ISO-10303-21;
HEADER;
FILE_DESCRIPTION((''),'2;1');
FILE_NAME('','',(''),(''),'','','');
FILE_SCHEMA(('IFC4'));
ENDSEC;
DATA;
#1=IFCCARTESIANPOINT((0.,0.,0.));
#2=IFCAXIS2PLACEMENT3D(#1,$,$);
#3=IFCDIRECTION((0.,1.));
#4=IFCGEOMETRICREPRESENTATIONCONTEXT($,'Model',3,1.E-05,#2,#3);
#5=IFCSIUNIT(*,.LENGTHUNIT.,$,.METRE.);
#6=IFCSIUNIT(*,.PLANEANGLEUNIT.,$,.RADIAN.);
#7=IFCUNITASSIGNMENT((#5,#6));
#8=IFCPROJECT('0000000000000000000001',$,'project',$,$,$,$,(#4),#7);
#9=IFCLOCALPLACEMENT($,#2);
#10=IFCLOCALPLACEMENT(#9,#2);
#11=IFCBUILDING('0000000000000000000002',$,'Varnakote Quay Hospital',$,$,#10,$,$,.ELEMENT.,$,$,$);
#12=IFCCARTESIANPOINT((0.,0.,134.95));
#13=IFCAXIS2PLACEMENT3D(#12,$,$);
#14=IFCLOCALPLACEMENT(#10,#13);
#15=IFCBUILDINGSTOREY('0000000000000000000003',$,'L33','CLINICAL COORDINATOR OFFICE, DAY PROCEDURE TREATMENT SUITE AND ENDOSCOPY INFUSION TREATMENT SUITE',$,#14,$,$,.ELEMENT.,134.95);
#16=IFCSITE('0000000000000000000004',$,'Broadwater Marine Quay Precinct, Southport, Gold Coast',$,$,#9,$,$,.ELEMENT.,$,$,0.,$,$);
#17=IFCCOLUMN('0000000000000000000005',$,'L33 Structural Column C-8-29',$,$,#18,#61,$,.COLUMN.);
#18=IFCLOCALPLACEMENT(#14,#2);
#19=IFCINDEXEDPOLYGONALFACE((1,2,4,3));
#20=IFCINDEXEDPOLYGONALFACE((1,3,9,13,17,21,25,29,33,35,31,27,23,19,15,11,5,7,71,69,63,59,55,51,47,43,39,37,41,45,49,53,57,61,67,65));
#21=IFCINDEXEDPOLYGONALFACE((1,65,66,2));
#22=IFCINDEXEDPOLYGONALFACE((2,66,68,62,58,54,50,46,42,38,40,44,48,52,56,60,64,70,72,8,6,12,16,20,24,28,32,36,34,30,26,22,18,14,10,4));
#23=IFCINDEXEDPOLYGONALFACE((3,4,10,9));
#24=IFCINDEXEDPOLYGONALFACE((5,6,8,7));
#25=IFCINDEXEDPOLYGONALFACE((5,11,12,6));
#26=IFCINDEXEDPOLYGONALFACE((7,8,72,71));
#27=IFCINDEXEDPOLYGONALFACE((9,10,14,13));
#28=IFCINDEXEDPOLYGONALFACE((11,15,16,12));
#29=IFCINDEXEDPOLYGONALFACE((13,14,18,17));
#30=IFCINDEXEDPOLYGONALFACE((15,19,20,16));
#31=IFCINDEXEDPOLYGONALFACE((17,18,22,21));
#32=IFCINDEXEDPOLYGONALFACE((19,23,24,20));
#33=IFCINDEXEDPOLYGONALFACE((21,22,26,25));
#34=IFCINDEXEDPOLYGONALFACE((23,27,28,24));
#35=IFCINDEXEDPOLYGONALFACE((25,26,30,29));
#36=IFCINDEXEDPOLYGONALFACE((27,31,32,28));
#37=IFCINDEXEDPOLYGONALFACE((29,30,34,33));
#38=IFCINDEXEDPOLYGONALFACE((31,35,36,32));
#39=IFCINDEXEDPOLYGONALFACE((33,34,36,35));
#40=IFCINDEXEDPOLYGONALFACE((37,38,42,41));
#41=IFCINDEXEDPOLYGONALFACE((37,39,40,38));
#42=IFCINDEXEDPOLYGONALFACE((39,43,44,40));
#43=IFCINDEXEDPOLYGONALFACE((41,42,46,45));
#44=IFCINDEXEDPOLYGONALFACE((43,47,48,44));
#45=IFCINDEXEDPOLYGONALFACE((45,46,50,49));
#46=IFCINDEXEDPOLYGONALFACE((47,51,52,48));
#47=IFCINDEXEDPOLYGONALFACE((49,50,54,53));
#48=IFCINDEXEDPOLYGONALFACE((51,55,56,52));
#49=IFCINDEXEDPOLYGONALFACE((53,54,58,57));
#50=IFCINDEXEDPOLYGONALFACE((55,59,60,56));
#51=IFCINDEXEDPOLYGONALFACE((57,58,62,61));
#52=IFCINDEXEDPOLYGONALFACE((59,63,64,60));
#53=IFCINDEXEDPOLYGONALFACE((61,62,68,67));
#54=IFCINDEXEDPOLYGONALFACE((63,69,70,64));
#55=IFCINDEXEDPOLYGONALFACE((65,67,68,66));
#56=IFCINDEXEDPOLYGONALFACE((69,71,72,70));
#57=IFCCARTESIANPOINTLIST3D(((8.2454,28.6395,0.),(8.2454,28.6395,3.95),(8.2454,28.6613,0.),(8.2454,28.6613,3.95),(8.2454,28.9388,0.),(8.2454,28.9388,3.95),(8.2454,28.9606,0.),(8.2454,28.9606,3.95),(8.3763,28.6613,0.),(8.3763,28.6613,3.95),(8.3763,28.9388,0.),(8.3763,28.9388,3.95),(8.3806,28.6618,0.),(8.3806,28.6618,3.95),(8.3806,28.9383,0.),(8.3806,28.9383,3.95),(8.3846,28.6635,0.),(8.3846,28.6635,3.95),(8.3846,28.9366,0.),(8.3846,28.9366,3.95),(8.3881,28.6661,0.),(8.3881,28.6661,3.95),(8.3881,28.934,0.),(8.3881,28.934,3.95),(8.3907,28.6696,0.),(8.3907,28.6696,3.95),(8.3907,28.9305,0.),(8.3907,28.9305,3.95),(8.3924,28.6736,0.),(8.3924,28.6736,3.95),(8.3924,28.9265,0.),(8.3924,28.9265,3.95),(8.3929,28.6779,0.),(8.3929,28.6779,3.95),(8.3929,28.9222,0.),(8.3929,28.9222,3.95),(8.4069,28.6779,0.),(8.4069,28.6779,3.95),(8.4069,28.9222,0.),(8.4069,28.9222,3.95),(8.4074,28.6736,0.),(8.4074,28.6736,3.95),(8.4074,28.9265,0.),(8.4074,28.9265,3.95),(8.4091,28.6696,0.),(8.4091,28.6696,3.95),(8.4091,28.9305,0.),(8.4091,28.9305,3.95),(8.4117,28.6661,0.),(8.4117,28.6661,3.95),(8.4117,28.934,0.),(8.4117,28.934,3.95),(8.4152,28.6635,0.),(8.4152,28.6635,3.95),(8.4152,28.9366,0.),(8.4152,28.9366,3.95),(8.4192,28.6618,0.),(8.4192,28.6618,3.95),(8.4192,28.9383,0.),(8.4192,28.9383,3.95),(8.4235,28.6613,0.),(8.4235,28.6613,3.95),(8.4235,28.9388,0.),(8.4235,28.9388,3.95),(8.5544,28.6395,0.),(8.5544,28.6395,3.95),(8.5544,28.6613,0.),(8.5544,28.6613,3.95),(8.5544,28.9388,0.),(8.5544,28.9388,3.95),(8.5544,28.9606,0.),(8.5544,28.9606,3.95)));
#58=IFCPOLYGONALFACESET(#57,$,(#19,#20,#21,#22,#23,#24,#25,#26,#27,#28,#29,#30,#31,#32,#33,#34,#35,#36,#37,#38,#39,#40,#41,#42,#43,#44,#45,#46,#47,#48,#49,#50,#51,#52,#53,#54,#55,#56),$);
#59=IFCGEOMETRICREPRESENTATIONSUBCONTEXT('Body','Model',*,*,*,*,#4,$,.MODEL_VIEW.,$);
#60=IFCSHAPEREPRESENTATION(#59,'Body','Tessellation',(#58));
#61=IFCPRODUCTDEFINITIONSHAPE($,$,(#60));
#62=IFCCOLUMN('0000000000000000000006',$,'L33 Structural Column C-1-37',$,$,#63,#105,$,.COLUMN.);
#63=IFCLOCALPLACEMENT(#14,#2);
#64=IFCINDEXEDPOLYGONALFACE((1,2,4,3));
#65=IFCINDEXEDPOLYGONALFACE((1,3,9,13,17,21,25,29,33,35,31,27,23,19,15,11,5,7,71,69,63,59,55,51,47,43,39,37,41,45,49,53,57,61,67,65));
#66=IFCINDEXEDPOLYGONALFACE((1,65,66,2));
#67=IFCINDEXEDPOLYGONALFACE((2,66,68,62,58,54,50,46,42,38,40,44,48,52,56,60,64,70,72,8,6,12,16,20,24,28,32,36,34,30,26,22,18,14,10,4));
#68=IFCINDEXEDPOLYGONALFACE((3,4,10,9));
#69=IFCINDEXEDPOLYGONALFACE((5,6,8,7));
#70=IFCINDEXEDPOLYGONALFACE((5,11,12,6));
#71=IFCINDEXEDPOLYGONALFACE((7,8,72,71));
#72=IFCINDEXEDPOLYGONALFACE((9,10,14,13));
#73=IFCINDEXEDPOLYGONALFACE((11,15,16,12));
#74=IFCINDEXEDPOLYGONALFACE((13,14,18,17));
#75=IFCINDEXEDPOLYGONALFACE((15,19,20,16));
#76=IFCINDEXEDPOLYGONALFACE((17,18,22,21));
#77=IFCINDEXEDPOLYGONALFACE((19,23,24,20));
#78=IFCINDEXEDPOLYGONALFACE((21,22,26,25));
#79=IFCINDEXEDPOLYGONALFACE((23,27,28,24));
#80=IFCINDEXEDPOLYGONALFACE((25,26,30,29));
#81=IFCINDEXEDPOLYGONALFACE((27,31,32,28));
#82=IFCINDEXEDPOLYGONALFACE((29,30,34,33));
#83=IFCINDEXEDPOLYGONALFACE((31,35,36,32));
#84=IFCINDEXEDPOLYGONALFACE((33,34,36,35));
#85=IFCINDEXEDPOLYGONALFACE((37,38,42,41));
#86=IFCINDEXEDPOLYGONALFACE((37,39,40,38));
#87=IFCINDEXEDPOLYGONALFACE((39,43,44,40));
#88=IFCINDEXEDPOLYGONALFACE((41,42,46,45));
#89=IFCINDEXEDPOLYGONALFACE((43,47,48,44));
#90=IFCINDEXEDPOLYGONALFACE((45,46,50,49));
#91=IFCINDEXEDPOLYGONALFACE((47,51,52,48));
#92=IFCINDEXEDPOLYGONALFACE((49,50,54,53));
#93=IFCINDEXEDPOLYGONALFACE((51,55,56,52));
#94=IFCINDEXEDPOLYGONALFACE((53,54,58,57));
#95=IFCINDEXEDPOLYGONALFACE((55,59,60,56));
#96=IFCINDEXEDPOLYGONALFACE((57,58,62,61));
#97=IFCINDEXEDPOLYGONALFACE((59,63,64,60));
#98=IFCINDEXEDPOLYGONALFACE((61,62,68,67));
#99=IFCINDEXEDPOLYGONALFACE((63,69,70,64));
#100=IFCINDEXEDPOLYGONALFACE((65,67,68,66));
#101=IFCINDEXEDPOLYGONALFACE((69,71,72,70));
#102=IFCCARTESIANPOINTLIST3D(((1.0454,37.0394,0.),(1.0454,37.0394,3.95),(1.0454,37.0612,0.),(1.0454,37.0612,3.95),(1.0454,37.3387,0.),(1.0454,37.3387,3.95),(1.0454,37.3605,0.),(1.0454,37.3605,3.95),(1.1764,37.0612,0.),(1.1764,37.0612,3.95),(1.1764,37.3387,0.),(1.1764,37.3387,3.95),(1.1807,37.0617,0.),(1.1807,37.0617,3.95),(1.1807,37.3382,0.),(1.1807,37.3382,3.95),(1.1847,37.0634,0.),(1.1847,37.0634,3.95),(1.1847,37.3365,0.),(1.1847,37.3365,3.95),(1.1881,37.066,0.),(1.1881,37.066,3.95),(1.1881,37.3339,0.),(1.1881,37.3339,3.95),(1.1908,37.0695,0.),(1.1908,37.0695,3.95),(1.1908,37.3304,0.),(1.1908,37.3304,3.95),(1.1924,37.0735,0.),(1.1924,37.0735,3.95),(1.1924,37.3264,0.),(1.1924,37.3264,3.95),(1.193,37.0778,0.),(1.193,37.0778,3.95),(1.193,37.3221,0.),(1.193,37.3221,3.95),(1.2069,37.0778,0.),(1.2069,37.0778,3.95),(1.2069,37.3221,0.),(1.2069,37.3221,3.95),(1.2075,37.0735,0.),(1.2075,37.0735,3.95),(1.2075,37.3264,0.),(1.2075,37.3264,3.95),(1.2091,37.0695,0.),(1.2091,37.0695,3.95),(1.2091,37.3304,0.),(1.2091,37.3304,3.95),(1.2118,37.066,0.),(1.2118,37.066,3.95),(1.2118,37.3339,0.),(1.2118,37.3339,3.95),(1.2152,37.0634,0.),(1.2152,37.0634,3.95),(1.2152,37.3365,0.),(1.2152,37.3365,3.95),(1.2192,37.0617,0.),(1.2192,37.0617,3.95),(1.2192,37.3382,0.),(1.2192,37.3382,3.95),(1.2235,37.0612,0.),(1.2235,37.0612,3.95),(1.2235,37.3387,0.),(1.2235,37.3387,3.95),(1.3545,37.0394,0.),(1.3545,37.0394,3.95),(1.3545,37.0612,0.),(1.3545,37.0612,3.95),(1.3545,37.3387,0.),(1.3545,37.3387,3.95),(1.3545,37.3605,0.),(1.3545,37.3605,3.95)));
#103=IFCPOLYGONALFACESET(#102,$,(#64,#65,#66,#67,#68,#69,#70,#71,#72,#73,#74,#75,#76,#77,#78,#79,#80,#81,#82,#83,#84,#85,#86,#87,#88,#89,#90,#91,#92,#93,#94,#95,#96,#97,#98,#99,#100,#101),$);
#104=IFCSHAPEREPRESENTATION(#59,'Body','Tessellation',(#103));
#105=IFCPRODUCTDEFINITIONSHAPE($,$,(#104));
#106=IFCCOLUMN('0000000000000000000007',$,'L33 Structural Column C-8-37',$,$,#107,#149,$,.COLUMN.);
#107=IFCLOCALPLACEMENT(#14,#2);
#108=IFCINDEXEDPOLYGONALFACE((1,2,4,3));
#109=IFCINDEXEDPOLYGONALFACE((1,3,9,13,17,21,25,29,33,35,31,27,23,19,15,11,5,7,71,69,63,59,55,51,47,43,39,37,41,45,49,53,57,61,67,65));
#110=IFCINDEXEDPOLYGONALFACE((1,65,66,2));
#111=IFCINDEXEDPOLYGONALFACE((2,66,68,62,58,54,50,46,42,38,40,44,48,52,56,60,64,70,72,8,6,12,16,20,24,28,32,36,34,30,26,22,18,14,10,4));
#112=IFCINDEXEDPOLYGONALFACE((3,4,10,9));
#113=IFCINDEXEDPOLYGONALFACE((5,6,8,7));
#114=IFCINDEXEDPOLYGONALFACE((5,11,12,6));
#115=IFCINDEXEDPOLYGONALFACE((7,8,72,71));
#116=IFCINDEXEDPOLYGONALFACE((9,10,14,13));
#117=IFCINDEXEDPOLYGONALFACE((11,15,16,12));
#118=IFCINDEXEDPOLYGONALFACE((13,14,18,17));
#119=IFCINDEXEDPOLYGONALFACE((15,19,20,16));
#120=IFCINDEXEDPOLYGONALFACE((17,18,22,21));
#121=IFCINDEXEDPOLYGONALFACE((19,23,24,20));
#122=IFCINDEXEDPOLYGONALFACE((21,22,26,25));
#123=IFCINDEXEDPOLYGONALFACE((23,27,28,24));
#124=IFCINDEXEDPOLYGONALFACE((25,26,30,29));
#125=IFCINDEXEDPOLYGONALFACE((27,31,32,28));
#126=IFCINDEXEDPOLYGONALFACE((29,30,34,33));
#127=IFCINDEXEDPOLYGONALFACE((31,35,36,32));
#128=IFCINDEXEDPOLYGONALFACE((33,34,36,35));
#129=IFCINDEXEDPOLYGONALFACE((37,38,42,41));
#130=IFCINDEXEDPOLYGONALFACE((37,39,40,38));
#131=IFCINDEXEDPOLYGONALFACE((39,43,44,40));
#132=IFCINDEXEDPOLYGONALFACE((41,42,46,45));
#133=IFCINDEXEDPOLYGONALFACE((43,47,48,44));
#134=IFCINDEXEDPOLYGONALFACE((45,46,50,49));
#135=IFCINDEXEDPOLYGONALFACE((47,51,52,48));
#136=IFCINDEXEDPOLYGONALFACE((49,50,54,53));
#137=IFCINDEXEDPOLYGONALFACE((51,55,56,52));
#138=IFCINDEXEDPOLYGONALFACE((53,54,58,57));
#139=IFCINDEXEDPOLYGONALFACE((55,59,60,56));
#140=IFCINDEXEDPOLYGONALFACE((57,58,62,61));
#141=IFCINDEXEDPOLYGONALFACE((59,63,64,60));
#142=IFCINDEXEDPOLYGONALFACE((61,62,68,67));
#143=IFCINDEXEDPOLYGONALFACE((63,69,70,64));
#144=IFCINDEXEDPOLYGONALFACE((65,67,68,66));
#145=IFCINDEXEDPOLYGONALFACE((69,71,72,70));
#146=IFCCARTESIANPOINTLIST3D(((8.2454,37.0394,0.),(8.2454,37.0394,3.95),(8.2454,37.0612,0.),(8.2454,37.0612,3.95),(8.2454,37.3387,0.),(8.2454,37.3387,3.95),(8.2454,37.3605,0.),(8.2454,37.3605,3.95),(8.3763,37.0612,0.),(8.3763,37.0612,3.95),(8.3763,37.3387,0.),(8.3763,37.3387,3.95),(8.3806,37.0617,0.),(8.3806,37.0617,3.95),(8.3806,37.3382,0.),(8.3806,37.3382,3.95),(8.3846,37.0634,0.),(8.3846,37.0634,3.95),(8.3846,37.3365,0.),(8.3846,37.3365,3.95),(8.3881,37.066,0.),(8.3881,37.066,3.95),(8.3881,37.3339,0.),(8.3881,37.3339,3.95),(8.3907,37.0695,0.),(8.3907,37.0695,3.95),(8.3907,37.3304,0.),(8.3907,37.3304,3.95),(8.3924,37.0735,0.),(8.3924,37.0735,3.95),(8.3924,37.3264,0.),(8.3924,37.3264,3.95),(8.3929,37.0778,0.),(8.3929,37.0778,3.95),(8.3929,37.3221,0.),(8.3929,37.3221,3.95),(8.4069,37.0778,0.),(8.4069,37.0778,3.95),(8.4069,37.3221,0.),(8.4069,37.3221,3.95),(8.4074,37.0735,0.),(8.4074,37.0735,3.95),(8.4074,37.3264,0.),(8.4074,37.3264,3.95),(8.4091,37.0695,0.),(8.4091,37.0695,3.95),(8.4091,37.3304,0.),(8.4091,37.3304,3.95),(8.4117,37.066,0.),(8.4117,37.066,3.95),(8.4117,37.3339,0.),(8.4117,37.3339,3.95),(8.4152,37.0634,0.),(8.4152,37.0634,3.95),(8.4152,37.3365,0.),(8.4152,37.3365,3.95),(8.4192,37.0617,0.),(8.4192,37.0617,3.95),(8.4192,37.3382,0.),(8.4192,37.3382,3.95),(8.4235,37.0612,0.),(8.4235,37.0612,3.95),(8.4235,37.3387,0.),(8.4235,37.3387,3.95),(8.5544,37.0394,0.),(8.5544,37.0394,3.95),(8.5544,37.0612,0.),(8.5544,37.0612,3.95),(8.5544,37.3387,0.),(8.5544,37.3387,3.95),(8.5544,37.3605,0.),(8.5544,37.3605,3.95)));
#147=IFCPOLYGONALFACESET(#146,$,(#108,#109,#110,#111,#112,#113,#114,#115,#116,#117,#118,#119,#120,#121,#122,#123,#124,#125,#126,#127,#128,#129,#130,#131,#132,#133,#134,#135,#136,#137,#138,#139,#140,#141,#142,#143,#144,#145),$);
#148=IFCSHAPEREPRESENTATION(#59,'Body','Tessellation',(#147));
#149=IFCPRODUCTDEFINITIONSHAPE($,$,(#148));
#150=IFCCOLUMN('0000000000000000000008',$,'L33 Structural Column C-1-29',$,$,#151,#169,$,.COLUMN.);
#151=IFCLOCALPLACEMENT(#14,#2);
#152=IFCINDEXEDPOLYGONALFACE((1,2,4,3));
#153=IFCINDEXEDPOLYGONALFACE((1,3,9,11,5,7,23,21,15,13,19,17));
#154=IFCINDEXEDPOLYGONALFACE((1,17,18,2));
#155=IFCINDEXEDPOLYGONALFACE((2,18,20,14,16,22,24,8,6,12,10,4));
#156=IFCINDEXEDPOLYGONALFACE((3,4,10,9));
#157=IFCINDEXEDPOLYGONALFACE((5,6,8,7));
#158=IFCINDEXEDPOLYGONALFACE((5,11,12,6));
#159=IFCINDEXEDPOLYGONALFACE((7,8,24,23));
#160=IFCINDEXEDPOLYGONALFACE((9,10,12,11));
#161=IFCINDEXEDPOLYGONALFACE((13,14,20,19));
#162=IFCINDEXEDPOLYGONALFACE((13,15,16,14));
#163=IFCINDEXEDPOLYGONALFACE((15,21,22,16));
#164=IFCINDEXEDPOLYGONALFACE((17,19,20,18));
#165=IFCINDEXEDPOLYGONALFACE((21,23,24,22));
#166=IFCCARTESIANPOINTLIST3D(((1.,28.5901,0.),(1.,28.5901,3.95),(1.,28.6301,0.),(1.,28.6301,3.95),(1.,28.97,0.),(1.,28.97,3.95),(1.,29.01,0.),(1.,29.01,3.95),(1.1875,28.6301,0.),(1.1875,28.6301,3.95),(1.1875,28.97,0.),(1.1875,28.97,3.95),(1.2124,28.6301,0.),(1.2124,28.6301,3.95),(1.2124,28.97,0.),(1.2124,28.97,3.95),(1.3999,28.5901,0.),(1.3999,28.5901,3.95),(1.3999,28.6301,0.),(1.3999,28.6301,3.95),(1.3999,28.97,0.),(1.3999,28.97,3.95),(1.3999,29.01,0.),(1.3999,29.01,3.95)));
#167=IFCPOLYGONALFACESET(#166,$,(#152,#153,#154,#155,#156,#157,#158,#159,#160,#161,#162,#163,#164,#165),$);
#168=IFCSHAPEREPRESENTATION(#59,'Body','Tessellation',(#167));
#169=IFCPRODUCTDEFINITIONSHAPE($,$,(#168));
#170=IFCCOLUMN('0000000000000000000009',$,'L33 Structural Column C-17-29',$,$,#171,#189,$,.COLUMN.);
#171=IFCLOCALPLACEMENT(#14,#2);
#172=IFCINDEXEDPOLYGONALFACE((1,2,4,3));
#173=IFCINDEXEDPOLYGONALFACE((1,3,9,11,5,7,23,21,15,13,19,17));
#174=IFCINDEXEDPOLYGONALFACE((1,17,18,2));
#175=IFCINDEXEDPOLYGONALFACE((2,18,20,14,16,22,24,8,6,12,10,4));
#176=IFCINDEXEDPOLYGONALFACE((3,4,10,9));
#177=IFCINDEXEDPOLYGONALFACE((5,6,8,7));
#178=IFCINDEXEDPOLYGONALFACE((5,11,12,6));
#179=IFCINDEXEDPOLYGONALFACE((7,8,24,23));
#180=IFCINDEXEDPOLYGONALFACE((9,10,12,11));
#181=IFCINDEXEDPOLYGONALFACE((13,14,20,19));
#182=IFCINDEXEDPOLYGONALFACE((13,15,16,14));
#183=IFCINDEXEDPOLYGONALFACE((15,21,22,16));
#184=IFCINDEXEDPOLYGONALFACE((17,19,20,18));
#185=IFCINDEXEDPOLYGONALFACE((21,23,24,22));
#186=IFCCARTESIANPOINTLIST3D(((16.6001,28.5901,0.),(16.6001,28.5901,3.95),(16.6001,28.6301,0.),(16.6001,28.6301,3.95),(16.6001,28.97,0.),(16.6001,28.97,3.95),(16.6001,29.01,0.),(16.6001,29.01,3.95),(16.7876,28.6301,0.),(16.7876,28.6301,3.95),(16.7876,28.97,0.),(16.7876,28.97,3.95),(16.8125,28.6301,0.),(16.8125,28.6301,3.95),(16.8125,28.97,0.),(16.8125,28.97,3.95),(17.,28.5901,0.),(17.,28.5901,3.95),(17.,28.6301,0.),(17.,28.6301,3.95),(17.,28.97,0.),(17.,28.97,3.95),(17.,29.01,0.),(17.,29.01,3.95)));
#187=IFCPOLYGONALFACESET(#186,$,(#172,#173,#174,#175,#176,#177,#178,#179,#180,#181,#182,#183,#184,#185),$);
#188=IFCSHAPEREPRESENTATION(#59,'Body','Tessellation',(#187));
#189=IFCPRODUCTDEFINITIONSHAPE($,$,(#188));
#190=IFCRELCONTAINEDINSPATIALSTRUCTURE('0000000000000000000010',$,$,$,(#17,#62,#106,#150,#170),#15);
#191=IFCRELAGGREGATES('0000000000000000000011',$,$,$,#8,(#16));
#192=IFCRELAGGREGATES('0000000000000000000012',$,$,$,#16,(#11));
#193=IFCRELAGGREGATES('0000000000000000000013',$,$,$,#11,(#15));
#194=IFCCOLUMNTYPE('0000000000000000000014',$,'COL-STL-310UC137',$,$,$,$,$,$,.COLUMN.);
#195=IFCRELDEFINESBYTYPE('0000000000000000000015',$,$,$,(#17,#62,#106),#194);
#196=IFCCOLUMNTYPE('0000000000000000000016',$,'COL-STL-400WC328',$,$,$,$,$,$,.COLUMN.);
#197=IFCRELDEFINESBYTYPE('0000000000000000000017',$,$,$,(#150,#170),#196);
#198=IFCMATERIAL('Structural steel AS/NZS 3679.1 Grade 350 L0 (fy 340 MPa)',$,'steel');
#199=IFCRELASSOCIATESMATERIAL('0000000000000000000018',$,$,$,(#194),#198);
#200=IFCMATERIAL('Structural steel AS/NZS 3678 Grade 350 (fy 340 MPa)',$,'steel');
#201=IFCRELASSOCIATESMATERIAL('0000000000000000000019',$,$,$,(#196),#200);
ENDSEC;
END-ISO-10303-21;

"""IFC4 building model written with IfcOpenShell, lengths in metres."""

from ifc_helpers import new_model, si_unit, direction, frame, origin, origin_2d, place, context, subcontext, project, spatial, i_section, extrude, material, material_profile, profile_set, type_object, element, save


model = new_model("IFC4")

# Units and contexts
model_context = context("Model", 3, precision=1e-05, world=origin(), true_north=direction((0.0, 1.0)))
body_context = subcontext(model_context, "Body", "Model", "MODEL_VIEW")
ifc_project = project(units=[si_unit("LENGTHUNIT", "METRE"), si_unit("PLANEANGLEUNIT", "RADIAN")], contexts=[model_context])

# Site, building, storey
site_placement = place(None, origin())
site = spatial("IfcSite", under=ifc_project, at=site_placement, Name="Broadwater Marine Quay Precinct, Southport, Gold Coast", CompositionType="ELEMENT", RefElevation=0.0)
building_placement = place(site_placement, origin())
building = spatial("IfcBuilding", under=site, at=building_placement, Name="Varnakote Quay Hospital", CompositionType="ELEMENT")
storey_placement = place(building_placement, frame((0.0, 0.0, 134.95)))
storey = spatial("IfcBuildingStorey", under=building, at=storey_placement, Name="L33", Description="CLINICAL COORDINATOR OFFICE, DAY PROCEDURE TREATMENT SUITE AND ENDOSCOPY INFUSION TREATMENT SUITE", CompositionType="ELEMENT", Elevation=134.95)

# Columns
ifc_material_1 = material(Name="Structural steel AS/NZS 3679.1 Grade 350 L0 (fy 340 MPa)", Category="steel")
ifc_material_profile_1 = material_profile(ifc_material_1, i_section(OverallWidth=0.3091, OverallDepth=0.321, WebThickness=0.0139, FlangeThickness=0.0217, FilletRadius=0.0166, at=origin_2d()), Name="310UC137")
ifc_profile_set_1 = profile_set([ifc_material_profile_1], Name="Structural steel AS/NZS 3679.1 Grade 350 L0 (fy 340 MPa)")
column_type_1 = type_object("IfcColumnType", Name="COL-STL-310UC137", PredefinedType="COLUMN", material=ifc_profile_set_1)
for number, where, z_axis, x_axis, name in (
    (1, (8.3999, 28.8, 0.0), (0.0, 0.0, 1.0), (1.0, 0.0, 0.0), "L33 Structural Column C-8-29"),
    (2, (1.2, 37.2, 0.0), (0.0, 0.0, 1.0), (1.0, 0.0, 0.0), "L33 Structural Column C-1-37"),
    (3, (8.3999, 37.2, 0.0), (0.0, 0.0, 1.0), (1.0, 0.0, 0.0), "L33 Structural Column C-8-37"),
):
    element("IfcColumn", number, at=place(storey_placement, frame(where, z_axis=z_axis, x_axis=x_axis)), inside=storey, type_object=column_type_1, Name=name, PredefinedType="COLUMN", context=body_context, shape_type="SweptSolid", body=[
        extrude(i_section(OverallWidth=0.3091, OverallDepth=0.321, WebThickness=0.0139, FlangeThickness=0.0217, FilletRadius=0.0166, at=origin_2d()), origin(), (0.0, 0.0, 1.0), 3.95),
    ])
ifc_material_2 = material(Name="Structural steel AS/NZS 3678 Grade 350 (fy 340 MPa)", Category="steel")
ifc_material_profile_2 = material_profile(ifc_material_2, i_section(OverallWidth=0.3999, OverallDepth=0.4199, WebThickness=0.0249, FlangeThickness=0.04, at=origin_2d()), Name="400WC328")
ifc_profile_set_2 = profile_set([ifc_material_profile_2], Name="Structural steel AS/NZS 3678 Grade 350 (fy 340 MPa)")
column_type_2 = type_object("IfcColumnType", Name="COL-STL-400WC328", PredefinedType="COLUMN", material=ifc_profile_set_2)
for number, where, z_axis, x_axis, name in (
    (4, (1.2, 28.8, 0.0), (0.0, 0.0, 1.0), (1.0, 0.0, 0.0), "L33 Structural Column C-1-29"),
    (5, (16.8, 28.8, 0.0), (0.0, 0.0, 1.0), (1.0, 0.0, 0.0), "L33 Structural Column C-17-29"),
):
    element("IfcColumn", number, at=place(storey_placement, frame(where, z_axis=z_axis, x_axis=x_axis)), inside=storey, type_object=column_type_2, Name=name, PredefinedType="COLUMN", context=body_context, shape_type="SweptSolid", body=[
        extrude(i_section(OverallWidth=0.3999, OverallDepth=0.4199, WebThickness=0.0249, FlangeThickness=0.04, at=origin_2d()), origin(), (0.0, 0.0, 1.0), 3.95),
    ])

save(model, "model.ifc")
